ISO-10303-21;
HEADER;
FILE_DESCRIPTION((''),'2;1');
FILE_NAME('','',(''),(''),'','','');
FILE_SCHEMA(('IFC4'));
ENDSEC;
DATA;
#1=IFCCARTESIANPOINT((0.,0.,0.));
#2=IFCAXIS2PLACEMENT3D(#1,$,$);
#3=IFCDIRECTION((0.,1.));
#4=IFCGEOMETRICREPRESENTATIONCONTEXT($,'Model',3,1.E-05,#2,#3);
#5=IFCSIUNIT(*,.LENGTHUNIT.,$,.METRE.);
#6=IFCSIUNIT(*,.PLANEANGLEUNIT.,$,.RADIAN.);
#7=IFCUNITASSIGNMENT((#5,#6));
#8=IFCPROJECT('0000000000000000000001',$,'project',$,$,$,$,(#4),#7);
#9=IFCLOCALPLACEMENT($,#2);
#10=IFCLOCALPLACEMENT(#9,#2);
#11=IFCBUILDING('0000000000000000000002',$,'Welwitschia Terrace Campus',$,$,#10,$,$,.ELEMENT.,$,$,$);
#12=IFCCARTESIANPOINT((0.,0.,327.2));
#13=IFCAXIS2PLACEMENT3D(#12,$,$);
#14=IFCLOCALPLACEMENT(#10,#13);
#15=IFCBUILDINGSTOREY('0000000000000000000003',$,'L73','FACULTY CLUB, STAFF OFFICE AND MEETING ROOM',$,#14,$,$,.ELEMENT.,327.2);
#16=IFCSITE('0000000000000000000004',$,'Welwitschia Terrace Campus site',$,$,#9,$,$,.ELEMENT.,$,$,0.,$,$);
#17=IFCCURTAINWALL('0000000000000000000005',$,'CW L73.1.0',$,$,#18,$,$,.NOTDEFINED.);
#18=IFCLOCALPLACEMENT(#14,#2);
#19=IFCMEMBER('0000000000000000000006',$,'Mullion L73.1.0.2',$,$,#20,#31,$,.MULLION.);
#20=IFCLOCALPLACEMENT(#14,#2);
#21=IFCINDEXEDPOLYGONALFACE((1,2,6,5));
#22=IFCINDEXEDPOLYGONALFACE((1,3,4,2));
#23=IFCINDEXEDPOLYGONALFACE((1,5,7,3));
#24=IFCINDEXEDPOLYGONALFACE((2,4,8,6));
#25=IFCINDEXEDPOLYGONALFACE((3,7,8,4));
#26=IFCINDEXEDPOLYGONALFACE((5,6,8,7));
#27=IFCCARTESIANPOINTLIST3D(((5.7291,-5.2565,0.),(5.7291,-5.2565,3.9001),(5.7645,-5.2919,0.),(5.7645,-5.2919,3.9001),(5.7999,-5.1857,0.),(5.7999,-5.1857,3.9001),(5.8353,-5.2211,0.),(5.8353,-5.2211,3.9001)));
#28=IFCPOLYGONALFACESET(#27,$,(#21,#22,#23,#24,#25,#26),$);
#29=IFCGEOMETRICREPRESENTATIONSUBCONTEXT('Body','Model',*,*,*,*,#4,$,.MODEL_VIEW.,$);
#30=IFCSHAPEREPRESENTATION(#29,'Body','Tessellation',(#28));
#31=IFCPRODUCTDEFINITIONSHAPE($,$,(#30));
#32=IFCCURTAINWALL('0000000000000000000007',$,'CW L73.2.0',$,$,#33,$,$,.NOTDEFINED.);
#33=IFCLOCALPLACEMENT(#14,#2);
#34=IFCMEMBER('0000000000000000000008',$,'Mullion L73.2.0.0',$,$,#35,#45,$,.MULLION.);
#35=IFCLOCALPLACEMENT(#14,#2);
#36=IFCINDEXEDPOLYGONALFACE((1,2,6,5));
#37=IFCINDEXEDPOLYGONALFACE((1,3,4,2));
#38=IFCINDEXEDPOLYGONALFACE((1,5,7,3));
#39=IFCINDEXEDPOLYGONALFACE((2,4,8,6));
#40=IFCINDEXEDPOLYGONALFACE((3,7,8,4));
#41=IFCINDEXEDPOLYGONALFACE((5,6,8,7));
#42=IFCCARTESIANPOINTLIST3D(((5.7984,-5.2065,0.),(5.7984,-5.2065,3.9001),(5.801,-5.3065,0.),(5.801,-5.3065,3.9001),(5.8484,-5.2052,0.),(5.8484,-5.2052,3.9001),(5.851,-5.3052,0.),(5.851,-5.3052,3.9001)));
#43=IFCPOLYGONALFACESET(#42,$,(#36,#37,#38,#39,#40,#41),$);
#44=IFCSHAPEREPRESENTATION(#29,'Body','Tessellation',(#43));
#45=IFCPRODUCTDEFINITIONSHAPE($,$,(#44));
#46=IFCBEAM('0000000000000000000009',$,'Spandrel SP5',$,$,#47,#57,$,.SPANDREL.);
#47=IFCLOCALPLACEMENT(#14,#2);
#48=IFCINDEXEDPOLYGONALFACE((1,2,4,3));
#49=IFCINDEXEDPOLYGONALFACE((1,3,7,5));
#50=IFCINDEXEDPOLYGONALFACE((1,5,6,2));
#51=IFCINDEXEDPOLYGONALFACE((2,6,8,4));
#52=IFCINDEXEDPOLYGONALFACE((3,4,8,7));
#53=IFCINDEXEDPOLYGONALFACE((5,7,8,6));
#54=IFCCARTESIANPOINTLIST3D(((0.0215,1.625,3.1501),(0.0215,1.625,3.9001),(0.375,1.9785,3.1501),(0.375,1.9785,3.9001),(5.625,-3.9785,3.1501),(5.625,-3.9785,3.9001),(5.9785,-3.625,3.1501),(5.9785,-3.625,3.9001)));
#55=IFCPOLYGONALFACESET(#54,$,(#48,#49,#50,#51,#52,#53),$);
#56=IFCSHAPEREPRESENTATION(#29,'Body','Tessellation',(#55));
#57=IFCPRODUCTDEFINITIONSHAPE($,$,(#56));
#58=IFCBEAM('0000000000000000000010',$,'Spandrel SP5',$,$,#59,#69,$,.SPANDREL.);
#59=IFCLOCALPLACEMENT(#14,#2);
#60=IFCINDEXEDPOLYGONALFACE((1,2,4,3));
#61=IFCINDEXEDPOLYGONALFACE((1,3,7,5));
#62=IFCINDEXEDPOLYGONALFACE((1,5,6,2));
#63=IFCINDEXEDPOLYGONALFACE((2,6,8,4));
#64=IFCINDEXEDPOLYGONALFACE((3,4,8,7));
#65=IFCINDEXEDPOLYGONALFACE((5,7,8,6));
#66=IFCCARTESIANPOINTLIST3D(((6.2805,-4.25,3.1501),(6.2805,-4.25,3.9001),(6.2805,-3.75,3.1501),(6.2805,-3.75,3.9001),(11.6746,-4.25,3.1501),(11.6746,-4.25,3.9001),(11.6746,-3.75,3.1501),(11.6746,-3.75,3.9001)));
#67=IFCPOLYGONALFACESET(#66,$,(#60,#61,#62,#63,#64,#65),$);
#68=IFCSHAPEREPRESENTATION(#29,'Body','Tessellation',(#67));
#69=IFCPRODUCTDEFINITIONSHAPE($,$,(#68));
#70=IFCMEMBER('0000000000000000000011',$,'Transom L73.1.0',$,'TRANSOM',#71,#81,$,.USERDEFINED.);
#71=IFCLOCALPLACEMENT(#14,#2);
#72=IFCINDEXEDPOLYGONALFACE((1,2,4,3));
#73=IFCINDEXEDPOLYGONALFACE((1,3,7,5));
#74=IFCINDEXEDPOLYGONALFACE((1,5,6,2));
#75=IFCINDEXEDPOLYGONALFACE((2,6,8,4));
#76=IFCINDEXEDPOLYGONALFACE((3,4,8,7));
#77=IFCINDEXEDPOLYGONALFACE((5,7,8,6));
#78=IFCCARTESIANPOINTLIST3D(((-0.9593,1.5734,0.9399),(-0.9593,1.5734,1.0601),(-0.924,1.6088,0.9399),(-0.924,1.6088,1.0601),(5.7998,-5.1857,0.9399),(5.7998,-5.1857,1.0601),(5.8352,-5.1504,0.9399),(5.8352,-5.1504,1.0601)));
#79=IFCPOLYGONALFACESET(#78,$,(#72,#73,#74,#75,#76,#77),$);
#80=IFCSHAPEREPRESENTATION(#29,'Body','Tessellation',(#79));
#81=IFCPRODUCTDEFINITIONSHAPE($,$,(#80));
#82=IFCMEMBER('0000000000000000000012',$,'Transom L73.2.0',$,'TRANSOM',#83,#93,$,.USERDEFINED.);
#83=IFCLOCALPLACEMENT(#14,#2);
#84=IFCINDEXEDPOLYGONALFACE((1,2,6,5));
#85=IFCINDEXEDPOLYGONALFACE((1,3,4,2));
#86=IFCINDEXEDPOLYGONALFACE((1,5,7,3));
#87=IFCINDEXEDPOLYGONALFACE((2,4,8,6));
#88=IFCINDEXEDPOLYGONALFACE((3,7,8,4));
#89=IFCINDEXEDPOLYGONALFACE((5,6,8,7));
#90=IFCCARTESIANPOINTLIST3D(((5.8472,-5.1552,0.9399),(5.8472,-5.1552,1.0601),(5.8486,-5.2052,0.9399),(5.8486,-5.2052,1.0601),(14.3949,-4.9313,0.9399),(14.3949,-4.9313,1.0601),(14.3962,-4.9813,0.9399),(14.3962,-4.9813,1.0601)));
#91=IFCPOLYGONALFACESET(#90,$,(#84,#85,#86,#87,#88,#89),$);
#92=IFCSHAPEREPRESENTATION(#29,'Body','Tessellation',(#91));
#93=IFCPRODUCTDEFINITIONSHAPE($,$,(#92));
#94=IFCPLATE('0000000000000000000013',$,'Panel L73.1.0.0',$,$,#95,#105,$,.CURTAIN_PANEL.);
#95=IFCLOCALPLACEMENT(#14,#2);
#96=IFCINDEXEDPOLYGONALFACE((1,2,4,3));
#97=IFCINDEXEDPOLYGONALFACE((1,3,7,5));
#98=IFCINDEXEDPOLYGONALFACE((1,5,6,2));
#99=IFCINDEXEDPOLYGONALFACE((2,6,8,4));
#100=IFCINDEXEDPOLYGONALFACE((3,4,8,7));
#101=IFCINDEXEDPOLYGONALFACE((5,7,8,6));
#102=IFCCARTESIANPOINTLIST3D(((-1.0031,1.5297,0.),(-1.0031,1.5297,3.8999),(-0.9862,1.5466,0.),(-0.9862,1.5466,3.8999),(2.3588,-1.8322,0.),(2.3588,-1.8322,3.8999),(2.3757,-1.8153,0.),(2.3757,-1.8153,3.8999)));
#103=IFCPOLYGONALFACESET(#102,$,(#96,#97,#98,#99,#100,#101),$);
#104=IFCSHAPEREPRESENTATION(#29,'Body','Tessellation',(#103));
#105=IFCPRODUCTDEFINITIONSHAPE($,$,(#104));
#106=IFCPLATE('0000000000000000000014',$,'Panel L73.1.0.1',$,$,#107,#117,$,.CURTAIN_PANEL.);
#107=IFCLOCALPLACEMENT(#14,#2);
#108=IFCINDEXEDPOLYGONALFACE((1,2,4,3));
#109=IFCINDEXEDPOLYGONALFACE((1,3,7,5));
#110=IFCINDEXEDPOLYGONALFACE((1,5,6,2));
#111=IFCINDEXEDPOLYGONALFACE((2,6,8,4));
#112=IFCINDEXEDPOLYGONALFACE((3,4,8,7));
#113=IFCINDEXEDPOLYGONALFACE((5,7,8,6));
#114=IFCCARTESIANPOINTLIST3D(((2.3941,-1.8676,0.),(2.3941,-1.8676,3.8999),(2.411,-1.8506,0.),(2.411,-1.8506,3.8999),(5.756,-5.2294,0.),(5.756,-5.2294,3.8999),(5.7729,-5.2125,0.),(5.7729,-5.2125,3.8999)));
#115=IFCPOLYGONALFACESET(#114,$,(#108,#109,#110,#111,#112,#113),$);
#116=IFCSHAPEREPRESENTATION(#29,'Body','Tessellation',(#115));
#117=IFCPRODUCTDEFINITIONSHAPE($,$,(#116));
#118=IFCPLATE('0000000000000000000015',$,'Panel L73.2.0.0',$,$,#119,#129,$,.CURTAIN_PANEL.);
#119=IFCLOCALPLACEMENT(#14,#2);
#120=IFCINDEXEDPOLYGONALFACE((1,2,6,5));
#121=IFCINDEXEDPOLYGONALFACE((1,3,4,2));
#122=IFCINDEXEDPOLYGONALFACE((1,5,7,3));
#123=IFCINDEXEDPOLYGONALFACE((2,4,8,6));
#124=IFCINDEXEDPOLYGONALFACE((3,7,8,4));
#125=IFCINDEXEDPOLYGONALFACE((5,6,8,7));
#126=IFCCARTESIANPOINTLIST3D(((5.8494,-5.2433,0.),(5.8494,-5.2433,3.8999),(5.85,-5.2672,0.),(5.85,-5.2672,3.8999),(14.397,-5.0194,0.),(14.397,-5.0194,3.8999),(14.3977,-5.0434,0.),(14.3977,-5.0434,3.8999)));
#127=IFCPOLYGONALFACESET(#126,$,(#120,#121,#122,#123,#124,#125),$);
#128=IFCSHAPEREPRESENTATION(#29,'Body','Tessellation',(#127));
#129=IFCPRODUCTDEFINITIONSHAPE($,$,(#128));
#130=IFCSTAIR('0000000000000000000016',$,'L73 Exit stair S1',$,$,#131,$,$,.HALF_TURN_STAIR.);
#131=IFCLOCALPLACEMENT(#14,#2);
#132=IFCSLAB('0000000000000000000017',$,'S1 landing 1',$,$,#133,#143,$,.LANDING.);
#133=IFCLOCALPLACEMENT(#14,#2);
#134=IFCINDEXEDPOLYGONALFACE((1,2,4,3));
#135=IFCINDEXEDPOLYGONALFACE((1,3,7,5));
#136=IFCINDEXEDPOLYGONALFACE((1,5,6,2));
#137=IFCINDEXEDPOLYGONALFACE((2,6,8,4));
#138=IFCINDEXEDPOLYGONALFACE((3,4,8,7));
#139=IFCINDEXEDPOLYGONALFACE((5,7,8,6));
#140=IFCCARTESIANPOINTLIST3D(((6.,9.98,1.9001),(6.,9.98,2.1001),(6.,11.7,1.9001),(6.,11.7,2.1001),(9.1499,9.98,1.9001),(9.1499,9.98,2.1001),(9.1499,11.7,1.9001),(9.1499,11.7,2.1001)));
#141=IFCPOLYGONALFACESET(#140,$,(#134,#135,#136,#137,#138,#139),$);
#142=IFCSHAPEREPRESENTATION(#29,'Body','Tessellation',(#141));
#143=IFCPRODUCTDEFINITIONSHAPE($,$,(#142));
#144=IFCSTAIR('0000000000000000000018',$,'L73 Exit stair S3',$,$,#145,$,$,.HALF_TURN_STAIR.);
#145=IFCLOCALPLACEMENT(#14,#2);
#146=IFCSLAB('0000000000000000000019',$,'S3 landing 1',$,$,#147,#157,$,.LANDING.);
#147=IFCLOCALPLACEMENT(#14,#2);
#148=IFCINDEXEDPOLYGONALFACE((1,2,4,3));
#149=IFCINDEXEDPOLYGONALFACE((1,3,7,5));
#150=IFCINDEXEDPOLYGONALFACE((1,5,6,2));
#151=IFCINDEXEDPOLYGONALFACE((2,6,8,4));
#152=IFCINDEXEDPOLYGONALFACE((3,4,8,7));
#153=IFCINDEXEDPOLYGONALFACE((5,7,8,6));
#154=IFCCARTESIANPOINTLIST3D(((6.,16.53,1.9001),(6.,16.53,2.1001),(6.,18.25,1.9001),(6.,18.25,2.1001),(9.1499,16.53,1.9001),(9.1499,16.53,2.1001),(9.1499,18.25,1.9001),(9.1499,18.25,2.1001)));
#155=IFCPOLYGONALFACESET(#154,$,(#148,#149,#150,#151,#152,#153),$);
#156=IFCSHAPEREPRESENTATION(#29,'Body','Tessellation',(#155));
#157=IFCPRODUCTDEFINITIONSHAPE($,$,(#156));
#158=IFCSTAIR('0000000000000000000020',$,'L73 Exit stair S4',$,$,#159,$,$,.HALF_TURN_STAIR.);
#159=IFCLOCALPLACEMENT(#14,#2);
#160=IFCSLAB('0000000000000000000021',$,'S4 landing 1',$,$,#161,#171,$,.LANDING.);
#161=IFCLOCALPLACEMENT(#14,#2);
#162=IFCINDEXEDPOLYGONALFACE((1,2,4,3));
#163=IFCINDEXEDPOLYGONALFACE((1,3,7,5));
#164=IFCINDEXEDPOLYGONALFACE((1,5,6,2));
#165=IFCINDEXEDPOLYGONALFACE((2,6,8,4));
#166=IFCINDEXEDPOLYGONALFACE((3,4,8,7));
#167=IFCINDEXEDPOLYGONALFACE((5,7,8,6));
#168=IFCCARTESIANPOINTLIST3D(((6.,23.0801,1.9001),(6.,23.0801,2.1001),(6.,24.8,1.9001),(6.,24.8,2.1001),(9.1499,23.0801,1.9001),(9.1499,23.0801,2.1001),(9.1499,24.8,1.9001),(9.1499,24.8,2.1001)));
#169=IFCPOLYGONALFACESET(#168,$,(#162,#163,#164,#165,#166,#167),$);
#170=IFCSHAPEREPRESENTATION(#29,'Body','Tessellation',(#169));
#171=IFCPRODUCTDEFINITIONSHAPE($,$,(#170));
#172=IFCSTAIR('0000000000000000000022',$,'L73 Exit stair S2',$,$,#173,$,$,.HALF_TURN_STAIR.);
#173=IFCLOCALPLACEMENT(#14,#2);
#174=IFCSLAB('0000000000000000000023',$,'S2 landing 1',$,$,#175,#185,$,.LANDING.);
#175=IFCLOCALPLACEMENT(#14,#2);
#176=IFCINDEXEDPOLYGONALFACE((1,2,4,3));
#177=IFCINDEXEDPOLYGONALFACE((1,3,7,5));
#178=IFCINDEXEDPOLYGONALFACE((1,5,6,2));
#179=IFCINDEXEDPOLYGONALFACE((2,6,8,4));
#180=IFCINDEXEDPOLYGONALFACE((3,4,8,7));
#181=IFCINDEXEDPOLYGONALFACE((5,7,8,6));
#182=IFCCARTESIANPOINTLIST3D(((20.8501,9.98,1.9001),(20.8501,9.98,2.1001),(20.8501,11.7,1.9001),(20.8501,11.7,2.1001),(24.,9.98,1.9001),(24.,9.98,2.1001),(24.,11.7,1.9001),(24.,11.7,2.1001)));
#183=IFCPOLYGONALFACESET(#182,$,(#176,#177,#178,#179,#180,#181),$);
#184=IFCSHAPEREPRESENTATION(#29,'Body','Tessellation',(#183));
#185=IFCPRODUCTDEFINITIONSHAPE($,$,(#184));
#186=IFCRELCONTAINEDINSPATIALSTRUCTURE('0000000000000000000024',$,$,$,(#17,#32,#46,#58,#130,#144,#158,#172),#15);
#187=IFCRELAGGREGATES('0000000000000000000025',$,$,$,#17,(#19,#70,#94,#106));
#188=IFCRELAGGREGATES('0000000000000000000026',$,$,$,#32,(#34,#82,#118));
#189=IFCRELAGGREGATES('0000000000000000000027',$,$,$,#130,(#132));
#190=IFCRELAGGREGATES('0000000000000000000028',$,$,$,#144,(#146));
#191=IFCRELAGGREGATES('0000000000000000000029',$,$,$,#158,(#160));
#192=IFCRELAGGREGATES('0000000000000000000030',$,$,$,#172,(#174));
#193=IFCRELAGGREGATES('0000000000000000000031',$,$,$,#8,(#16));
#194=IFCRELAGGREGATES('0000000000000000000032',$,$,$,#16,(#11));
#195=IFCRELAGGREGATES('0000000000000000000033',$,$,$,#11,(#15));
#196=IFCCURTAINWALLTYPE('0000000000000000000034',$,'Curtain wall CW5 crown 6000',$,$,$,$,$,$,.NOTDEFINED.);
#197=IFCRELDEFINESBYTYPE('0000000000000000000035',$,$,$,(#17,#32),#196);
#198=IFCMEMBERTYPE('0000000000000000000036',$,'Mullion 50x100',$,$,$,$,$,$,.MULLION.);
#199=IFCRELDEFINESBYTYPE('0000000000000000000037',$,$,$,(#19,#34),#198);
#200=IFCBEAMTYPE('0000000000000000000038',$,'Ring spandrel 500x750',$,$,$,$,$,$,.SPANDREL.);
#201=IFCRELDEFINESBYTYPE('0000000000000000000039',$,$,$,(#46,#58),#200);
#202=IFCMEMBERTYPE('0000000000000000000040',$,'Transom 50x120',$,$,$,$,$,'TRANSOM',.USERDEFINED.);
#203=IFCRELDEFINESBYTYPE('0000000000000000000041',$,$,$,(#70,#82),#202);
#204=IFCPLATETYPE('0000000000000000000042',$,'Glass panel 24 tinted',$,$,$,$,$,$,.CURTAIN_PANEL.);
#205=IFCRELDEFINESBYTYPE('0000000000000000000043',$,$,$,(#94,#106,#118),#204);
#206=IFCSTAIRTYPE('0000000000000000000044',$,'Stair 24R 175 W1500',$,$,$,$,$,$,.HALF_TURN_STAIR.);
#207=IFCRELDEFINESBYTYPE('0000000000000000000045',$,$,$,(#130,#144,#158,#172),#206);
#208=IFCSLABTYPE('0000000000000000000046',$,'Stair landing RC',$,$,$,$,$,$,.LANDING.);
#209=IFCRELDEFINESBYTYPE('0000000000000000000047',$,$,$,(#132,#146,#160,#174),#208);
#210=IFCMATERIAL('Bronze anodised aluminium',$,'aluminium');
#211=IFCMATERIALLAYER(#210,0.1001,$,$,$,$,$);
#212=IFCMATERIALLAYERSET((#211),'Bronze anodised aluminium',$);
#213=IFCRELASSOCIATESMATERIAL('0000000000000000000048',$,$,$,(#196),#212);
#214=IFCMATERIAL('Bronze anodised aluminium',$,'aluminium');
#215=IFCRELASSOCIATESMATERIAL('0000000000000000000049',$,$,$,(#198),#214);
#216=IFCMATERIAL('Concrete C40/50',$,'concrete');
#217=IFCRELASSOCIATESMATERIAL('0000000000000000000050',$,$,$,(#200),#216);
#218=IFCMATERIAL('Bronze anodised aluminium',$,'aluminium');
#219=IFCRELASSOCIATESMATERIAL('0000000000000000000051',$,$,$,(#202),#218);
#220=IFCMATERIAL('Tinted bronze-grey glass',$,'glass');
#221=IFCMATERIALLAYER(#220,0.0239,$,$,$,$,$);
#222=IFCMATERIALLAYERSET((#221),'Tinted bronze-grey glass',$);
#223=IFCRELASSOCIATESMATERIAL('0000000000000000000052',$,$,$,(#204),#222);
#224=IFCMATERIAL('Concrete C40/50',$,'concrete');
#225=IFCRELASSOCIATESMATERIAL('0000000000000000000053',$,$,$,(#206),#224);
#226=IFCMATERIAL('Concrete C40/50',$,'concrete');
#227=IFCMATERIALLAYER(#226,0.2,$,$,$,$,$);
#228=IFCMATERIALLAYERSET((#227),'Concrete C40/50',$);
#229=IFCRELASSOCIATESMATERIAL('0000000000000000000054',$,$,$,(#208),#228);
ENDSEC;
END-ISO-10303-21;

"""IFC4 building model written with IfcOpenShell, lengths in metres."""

from ifc_helpers import new_model, si_unit, direction, frame, origin, origin_2d, place, context, subcontext, project, spatial, polyline, rectangle, outline, extrude, material, layer, layer_set, material_profile, profile_set, type_object, element, aggregate, save


model = new_model("IFC4")

# Units and contexts
model_context = context("Model", 3, precision=1e-05, world=origin(), true_north=direction((0.0, 1.0)))
body_context = subcontext(model_context, "Body", "Model", "MODEL_VIEW")
ifc_project = project(units=[si_unit("LENGTHUNIT", "METRE"), si_unit("PLANEANGLEUNIT", "RADIAN")], contexts=[model_context])

# Site, building, storey
site_placement = place(None, origin())
site = spatial("IfcSite", under=ifc_project, at=site_placement, Name="Welwitschia Terrace Campus site", CompositionType="ELEMENT", RefElevation=0.0)
building_placement = place(site_placement, origin())
building = spatial("IfcBuilding", under=site, at=building_placement, Name="Welwitschia Terrace Campus", CompositionType="ELEMENT")
storey_placement = place(building_placement, frame((0.0, 0.0, 327.2)))
storey = spatial("IfcBuildingStorey", under=building, at=storey_placement, Name="L73", Description="FACULTY CLUB, STAFF OFFICE AND MEETING ROOM", CompositionType="ELEMENT", Elevation=327.2)

# Shared definitions
ifc_material_1 = material(Name="Bronze anodised aluminium", Category="aluminium")
ifc_layer_1 = layer(ifc_material_1, 0.1001)
ifc_layer_set_1 = layer_set([ifc_layer_1], Name="Bronze anodised aluminium")
curtain_wall_type = type_object("IfcCurtainWallType", Name="Curtain wall CW5 crown 6000", PredefinedType="NOTDEFINED", material=ifc_layer_set_1)
ifc_material_2 = material(Name="Bronze anodised aluminium", Category="aluminium")
ifc_material_profile_1 = material_profile(ifc_material_2, rectangle(XDim=0.1001, YDim=0.05, at=origin_2d()))
ifc_profile_set_1 = profile_set([ifc_material_profile_1], Name="Bronze anodised aluminium")
member_type_1 = type_object("IfcMemberType", Name="Mullion 50x100", PredefinedType="MULLION", material=ifc_profile_set_1)

# Curtain wall, member
curtain_wall_1_placement = place(storey_placement, origin())
curtain_wall_1 = element("IfcCurtainWall", 1, at=curtain_wall_1_placement, inside=storey, type_object=curtain_wall_type, Name="CW L73.1.0", PredefinedType="NOTDEFINED")
member_1_placement = place(storey_placement, frame((5.7822, -5.2388, 0.0), z_axis=(0.0, 0.0, 1.0), x_axis=(0.707107, 0.707107, 0.0)))
member_1 = element("IfcMember", 2, at=member_1_placement, type_object=member_type_1, Name="Mullion L73.1.0.2", PredefinedType="MULLION", context=body_context, shape_type="SweptSolid", body=[
    extrude(rectangle(XDim=0.1001, YDim=0.05, at=origin_2d()), origin(), (0.0, 0.0, 1.0), 3.9001),
])

# Curtain wall, member
curtain_wall_2_placement = place(storey_placement, origin())
curtain_wall_2 = element("IfcCurtainWall", 3, at=curtain_wall_2_placement, inside=storey, type_object=curtain_wall_type, Name="CW L73.2.0", PredefinedType="NOTDEFINED")
member_2_placement = place(storey_placement, frame((5.8247, -5.2559, 0.0), z_axis=(0.0, 0.0, 1.0), x_axis=(-0.026177, 0.999657, 0.0)))
member_2 = element("IfcMember", 4, at=member_2_placement, type_object=member_type_1, Name="Mullion L73.2.0.0", PredefinedType="MULLION", context=body_context, shape_type="SweptSolid", body=[
    extrude(rectangle(XDim=0.1001, YDim=0.05, at=origin_2d()), origin(), (0.0, 0.0, 1.0), 3.9001),
])

# Beams
ifc_material_3 = material(Name="Concrete C40/50", Category="concrete")
ifc_material_profile_2 = material_profile(ifc_material_3, rectangle(XDim=0.5, YDim=0.75, at=origin_2d()))
ifc_profile_set_2 = profile_set([ifc_material_profile_2], Name="Concrete C40/50")
beam_type_1 = type_object("IfcBeamType", Name="Ring spandrel 500x750", PredefinedType="SPANDREL", material=ifc_profile_set_2)
beam_1_placement = place(storey_placement, frame((0.1982, 1.8018, 3.5251), z_axis=(0.707107, -0.707107, 0.0), x_axis=(0.707107, 0.707107, 0.0)))
element("IfcBeam", 5, at=beam_1_placement, inside=storey, type_object=beam_type_1, Name="Spandrel SP5", PredefinedType="SPANDREL", context=body_context, shape_type="SweptSolid", body=[
    extrude(rectangle(XDim=0.5, YDim=0.75, at=origin_2d()), origin(), (0.0, 0.0, 1.0), 7.9246),
])
beam_2_placement = place(storey_placement, frame((6.2805, -4.0, 3.5251), z_axis=(1.0, 0.0, 0.0), x_axis=(0.0, 1.0, 0.0)))
element("IfcBeam", 6, at=beam_2_placement, inside=storey, type_object=beam_type_1, Name="Spandrel SP5", PredefinedType="SPANDREL", context=body_context, shape_type="SweptSolid", body=[
    extrude(rectangle(XDim=0.5, YDim=0.75, at=origin_2d()), origin(), (0.0, 0.0, 1.0), 5.394),
])

# Members
ifc_material_4 = material(Name="Bronze anodised aluminium", Category="aluminium")
ifc_material_profile_3 = material_profile(ifc_material_4, rectangle(XDim=0.05, YDim=0.1201, at=origin_2d()))
ifc_profile_set_3 = profile_set([ifc_material_profile_3], Name="Bronze anodised aluminium")
member_type_2 = type_object("IfcMemberType", Name="Transom 50x120", ElementType="TRANSOM", PredefinedType="USERDEFINED", material=ifc_profile_set_3)
member_3_placement = place(storey_placement, frame((-0.9417, 1.5911, 1.0), z_axis=(0.707107, -0.707107, 0.0), x_axis=(0.707107, 0.707107, 0.0)))
member_3 = element("IfcMember", 7, at=member_3_placement, type_object=member_type_2, Name="Transom L73.1.0", ObjectType="TRANSOM", PredefinedType="USERDEFINED", context=body_context, shape_type="SweptSolid", body=[
    extrude(rectangle(XDim=0.05, YDim=0.1201, at=origin_2d()), origin(), (0.0, 0.0, 1.0), 9.5588),
])
member_4_placement = place(storey_placement, frame((5.8479, -5.1802, 1.0), z_axis=(0.999657, 0.026183, 0.0), x_axis=(-0.026183, 0.999657, 0.0)))
member_4 = element("IfcMember", 8, at=member_4_placement, type_object=member_type_2, Name="Transom L73.2.0", ObjectType="TRANSOM", PredefinedType="USERDEFINED", context=body_context, shape_type="SweptSolid", body=[
    extrude(rectangle(XDim=0.05, YDim=0.1201, at=origin_2d()), origin(), (0.0, 0.0, 1.0), 8.5505),
])

# Plates
ifc_material_5 = material(Name="Tinted bronze-grey glass", Category="glass")
ifc_layer_2 = layer(ifc_material_5, 0.0239)
ifc_layer_set_2 = layer_set([ifc_layer_2], Name="Tinted bronze-grey glass")
plate_type = type_object("IfcPlateType", Name="Glass panel 24 tinted", PredefinedType="CURTAIN_PANEL", material=ifc_layer_set_2)
plate_1_placement = place(storey_placement, frame((0.6863, -0.1428, 0.0), z_axis=(0.0, 0.0, 1.0), x_axis=(0.707107, -0.707107, 0.0)))
plate_1 = element("IfcPlate", 9, at=plate_1_placement, type_object=plate_type, Name="Panel L73.1.0.0", PredefinedType="CURTAIN_PANEL", context=body_context, shape_type="SweptSolid", body=[
    extrude(rectangle(XDim=4.7544, YDim=0.0239, at=origin_2d()), origin(), (0.0, 0.0, 1.0), 3.8999),
])
plate_2_placement = place(storey_placement, frame((4.0835, -3.54, 0.0), z_axis=(0.0, 0.0, 1.0), x_axis=(0.707107, -0.707107, 0.0)))
plate_2 = element("IfcPlate", 10, at=plate_2_placement, type_object=plate_type, Name="Panel L73.1.0.1", PredefinedType="CURTAIN_PANEL", context=body_context, shape_type="SweptSolid", body=[
    extrude(rectangle(XDim=4.7544, YDim=0.0239, at=origin_2d()), origin(), (0.0, 0.0, 1.0), 3.8999),
])
aggregate(curtain_wall_1, [member_1, member_3, plate_1, plate_2])
plate_3_placement = place(storey_placement, frame((10.1235, -5.1433, 0.0), z_axis=(0.0, 0.0, 1.0), x_axis=(0.999657, 0.026177, 0.0)))
plate_3 = element("IfcPlate", 11, at=plate_3_placement, type_object=plate_type, Name="Panel L73.2.0.0", PredefinedType="CURTAIN_PANEL", context=body_context, shape_type="SweptSolid", body=[
    extrude(rectangle(XDim=8.5505, YDim=0.0239, at=origin_2d()), origin(), (0.0, 0.0, 1.0), 3.8999),
])
aggregate(curtain_wall_2, [member_2, member_4, plate_3])

# Stairs, slabs
ifc_material_6 = material(Name="Concrete C40/50", Category="concrete")
stair_type = type_object("IfcStairType", Name="Stair 24R 175 W1500", PredefinedType="HALF_TURN_STAIR", material=ifc_material_6)
stair_1_placement = place(storey_placement, origin())
stair_1 = element("IfcStair", 12, at=stair_1_placement, inside=storey, type_object=stair_type, Name="L73 Exit stair S1", PredefinedType="HALF_TURN_STAIR")
ifc_material_7 = material(Name="Concrete C40/50", Category="concrete")
ifc_layer_3 = layer(ifc_material_7, 0.2)
ifc_layer_set_3 = layer_set([ifc_layer_3], Name="Concrete C40/50")
slab_type_1 = type_object("IfcSlabType", Name="Stair landing RC", PredefinedType="LANDING", material=ifc_layer_set_3)
slab_1_placement = place(storey_placement, frame((0.0, 0.0, 1.9001)))
slab_1 = element("IfcSlab", 13, at=slab_1_placement, type_object=slab_type_1, Name="S1 landing 1", PredefinedType="LANDING", context=body_context, shape_type="SweptSolid", body=[
    extrude(outline(polyline([(9.1499, 9.98), (9.1499, 11.7), (6.0, 11.7), (6.0, 9.98), (9.1499, 9.98)])), origin(), (0.0, 0.0, 1.0), 0.2),
])
aggregate(stair_1, [slab_1])
stair_2_placement = place(storey_placement, origin())
stair_2 = element("IfcStair", 14, at=stair_2_placement, inside=storey, type_object=stair_type, Name="L73 Exit stair S3", PredefinedType="HALF_TURN_STAIR")
slab_2_placement = place(storey_placement, frame((0.0, 0.0, 1.9001)))
slab_2 = element("IfcSlab", 15, at=slab_2_placement, type_object=slab_type_1, Name="S3 landing 1", PredefinedType="LANDING", context=body_context, shape_type="SweptSolid", body=[
    extrude(outline(polyline([(9.1499, 16.53), (9.1499, 18.25), (6.0, 18.25), (6.0, 16.53), (9.1499, 16.53)])), origin(), (0.0, 0.0, 1.0), 0.2),
])
aggregate(stair_2, [slab_2])
stair_3_placement = place(storey_placement, origin())
stair_3 = element("IfcStair", 16, at=stair_3_placement, inside=storey, type_object=stair_type, Name="L73 Exit stair S4", PredefinedType="HALF_TURN_STAIR")
slab_3_placement = place(storey_placement, frame((0.0, 0.0, 1.9001)))
slab_3 = element("IfcSlab", 17, at=slab_3_placement, type_object=slab_type_1, Name="S4 landing 1", PredefinedType="LANDING", context=body_context, shape_type="SweptSolid", body=[
    extrude(outline(polyline([(9.1499, 23.0801), (9.1499, 24.8), (6.0, 24.8), (6.0, 23.0801), (9.1499, 23.0801)])), origin(), (0.0, 0.0, 1.0), 0.2),
])
aggregate(stair_3, [slab_3])
stair_4_placement = place(storey_placement, origin())
stair_4 = element("IfcStair", 18, at=stair_4_placement, inside=storey, type_object=stair_type, Name="L73 Exit stair S2", PredefinedType="HALF_TURN_STAIR")
slab_4_placement = place(storey_placement, frame((0.0, 0.0, 1.9001)))
slab_4 = element("IfcSlab", 19, at=slab_4_placement, type_object=slab_type_1, Name="S2 landing 1", PredefinedType="LANDING", context=body_context, shape_type="SweptSolid", body=[
    extrude(outline(polyline([(24.0, 9.98), (24.0, 11.7), (20.8501, 11.7), (20.8501, 9.98), (24.0, 9.98)])), origin(), (0.0, 0.0, 1.0), 0.2),
])
aggregate(stair_4, [slab_4])

save(model, "model.ifc")
